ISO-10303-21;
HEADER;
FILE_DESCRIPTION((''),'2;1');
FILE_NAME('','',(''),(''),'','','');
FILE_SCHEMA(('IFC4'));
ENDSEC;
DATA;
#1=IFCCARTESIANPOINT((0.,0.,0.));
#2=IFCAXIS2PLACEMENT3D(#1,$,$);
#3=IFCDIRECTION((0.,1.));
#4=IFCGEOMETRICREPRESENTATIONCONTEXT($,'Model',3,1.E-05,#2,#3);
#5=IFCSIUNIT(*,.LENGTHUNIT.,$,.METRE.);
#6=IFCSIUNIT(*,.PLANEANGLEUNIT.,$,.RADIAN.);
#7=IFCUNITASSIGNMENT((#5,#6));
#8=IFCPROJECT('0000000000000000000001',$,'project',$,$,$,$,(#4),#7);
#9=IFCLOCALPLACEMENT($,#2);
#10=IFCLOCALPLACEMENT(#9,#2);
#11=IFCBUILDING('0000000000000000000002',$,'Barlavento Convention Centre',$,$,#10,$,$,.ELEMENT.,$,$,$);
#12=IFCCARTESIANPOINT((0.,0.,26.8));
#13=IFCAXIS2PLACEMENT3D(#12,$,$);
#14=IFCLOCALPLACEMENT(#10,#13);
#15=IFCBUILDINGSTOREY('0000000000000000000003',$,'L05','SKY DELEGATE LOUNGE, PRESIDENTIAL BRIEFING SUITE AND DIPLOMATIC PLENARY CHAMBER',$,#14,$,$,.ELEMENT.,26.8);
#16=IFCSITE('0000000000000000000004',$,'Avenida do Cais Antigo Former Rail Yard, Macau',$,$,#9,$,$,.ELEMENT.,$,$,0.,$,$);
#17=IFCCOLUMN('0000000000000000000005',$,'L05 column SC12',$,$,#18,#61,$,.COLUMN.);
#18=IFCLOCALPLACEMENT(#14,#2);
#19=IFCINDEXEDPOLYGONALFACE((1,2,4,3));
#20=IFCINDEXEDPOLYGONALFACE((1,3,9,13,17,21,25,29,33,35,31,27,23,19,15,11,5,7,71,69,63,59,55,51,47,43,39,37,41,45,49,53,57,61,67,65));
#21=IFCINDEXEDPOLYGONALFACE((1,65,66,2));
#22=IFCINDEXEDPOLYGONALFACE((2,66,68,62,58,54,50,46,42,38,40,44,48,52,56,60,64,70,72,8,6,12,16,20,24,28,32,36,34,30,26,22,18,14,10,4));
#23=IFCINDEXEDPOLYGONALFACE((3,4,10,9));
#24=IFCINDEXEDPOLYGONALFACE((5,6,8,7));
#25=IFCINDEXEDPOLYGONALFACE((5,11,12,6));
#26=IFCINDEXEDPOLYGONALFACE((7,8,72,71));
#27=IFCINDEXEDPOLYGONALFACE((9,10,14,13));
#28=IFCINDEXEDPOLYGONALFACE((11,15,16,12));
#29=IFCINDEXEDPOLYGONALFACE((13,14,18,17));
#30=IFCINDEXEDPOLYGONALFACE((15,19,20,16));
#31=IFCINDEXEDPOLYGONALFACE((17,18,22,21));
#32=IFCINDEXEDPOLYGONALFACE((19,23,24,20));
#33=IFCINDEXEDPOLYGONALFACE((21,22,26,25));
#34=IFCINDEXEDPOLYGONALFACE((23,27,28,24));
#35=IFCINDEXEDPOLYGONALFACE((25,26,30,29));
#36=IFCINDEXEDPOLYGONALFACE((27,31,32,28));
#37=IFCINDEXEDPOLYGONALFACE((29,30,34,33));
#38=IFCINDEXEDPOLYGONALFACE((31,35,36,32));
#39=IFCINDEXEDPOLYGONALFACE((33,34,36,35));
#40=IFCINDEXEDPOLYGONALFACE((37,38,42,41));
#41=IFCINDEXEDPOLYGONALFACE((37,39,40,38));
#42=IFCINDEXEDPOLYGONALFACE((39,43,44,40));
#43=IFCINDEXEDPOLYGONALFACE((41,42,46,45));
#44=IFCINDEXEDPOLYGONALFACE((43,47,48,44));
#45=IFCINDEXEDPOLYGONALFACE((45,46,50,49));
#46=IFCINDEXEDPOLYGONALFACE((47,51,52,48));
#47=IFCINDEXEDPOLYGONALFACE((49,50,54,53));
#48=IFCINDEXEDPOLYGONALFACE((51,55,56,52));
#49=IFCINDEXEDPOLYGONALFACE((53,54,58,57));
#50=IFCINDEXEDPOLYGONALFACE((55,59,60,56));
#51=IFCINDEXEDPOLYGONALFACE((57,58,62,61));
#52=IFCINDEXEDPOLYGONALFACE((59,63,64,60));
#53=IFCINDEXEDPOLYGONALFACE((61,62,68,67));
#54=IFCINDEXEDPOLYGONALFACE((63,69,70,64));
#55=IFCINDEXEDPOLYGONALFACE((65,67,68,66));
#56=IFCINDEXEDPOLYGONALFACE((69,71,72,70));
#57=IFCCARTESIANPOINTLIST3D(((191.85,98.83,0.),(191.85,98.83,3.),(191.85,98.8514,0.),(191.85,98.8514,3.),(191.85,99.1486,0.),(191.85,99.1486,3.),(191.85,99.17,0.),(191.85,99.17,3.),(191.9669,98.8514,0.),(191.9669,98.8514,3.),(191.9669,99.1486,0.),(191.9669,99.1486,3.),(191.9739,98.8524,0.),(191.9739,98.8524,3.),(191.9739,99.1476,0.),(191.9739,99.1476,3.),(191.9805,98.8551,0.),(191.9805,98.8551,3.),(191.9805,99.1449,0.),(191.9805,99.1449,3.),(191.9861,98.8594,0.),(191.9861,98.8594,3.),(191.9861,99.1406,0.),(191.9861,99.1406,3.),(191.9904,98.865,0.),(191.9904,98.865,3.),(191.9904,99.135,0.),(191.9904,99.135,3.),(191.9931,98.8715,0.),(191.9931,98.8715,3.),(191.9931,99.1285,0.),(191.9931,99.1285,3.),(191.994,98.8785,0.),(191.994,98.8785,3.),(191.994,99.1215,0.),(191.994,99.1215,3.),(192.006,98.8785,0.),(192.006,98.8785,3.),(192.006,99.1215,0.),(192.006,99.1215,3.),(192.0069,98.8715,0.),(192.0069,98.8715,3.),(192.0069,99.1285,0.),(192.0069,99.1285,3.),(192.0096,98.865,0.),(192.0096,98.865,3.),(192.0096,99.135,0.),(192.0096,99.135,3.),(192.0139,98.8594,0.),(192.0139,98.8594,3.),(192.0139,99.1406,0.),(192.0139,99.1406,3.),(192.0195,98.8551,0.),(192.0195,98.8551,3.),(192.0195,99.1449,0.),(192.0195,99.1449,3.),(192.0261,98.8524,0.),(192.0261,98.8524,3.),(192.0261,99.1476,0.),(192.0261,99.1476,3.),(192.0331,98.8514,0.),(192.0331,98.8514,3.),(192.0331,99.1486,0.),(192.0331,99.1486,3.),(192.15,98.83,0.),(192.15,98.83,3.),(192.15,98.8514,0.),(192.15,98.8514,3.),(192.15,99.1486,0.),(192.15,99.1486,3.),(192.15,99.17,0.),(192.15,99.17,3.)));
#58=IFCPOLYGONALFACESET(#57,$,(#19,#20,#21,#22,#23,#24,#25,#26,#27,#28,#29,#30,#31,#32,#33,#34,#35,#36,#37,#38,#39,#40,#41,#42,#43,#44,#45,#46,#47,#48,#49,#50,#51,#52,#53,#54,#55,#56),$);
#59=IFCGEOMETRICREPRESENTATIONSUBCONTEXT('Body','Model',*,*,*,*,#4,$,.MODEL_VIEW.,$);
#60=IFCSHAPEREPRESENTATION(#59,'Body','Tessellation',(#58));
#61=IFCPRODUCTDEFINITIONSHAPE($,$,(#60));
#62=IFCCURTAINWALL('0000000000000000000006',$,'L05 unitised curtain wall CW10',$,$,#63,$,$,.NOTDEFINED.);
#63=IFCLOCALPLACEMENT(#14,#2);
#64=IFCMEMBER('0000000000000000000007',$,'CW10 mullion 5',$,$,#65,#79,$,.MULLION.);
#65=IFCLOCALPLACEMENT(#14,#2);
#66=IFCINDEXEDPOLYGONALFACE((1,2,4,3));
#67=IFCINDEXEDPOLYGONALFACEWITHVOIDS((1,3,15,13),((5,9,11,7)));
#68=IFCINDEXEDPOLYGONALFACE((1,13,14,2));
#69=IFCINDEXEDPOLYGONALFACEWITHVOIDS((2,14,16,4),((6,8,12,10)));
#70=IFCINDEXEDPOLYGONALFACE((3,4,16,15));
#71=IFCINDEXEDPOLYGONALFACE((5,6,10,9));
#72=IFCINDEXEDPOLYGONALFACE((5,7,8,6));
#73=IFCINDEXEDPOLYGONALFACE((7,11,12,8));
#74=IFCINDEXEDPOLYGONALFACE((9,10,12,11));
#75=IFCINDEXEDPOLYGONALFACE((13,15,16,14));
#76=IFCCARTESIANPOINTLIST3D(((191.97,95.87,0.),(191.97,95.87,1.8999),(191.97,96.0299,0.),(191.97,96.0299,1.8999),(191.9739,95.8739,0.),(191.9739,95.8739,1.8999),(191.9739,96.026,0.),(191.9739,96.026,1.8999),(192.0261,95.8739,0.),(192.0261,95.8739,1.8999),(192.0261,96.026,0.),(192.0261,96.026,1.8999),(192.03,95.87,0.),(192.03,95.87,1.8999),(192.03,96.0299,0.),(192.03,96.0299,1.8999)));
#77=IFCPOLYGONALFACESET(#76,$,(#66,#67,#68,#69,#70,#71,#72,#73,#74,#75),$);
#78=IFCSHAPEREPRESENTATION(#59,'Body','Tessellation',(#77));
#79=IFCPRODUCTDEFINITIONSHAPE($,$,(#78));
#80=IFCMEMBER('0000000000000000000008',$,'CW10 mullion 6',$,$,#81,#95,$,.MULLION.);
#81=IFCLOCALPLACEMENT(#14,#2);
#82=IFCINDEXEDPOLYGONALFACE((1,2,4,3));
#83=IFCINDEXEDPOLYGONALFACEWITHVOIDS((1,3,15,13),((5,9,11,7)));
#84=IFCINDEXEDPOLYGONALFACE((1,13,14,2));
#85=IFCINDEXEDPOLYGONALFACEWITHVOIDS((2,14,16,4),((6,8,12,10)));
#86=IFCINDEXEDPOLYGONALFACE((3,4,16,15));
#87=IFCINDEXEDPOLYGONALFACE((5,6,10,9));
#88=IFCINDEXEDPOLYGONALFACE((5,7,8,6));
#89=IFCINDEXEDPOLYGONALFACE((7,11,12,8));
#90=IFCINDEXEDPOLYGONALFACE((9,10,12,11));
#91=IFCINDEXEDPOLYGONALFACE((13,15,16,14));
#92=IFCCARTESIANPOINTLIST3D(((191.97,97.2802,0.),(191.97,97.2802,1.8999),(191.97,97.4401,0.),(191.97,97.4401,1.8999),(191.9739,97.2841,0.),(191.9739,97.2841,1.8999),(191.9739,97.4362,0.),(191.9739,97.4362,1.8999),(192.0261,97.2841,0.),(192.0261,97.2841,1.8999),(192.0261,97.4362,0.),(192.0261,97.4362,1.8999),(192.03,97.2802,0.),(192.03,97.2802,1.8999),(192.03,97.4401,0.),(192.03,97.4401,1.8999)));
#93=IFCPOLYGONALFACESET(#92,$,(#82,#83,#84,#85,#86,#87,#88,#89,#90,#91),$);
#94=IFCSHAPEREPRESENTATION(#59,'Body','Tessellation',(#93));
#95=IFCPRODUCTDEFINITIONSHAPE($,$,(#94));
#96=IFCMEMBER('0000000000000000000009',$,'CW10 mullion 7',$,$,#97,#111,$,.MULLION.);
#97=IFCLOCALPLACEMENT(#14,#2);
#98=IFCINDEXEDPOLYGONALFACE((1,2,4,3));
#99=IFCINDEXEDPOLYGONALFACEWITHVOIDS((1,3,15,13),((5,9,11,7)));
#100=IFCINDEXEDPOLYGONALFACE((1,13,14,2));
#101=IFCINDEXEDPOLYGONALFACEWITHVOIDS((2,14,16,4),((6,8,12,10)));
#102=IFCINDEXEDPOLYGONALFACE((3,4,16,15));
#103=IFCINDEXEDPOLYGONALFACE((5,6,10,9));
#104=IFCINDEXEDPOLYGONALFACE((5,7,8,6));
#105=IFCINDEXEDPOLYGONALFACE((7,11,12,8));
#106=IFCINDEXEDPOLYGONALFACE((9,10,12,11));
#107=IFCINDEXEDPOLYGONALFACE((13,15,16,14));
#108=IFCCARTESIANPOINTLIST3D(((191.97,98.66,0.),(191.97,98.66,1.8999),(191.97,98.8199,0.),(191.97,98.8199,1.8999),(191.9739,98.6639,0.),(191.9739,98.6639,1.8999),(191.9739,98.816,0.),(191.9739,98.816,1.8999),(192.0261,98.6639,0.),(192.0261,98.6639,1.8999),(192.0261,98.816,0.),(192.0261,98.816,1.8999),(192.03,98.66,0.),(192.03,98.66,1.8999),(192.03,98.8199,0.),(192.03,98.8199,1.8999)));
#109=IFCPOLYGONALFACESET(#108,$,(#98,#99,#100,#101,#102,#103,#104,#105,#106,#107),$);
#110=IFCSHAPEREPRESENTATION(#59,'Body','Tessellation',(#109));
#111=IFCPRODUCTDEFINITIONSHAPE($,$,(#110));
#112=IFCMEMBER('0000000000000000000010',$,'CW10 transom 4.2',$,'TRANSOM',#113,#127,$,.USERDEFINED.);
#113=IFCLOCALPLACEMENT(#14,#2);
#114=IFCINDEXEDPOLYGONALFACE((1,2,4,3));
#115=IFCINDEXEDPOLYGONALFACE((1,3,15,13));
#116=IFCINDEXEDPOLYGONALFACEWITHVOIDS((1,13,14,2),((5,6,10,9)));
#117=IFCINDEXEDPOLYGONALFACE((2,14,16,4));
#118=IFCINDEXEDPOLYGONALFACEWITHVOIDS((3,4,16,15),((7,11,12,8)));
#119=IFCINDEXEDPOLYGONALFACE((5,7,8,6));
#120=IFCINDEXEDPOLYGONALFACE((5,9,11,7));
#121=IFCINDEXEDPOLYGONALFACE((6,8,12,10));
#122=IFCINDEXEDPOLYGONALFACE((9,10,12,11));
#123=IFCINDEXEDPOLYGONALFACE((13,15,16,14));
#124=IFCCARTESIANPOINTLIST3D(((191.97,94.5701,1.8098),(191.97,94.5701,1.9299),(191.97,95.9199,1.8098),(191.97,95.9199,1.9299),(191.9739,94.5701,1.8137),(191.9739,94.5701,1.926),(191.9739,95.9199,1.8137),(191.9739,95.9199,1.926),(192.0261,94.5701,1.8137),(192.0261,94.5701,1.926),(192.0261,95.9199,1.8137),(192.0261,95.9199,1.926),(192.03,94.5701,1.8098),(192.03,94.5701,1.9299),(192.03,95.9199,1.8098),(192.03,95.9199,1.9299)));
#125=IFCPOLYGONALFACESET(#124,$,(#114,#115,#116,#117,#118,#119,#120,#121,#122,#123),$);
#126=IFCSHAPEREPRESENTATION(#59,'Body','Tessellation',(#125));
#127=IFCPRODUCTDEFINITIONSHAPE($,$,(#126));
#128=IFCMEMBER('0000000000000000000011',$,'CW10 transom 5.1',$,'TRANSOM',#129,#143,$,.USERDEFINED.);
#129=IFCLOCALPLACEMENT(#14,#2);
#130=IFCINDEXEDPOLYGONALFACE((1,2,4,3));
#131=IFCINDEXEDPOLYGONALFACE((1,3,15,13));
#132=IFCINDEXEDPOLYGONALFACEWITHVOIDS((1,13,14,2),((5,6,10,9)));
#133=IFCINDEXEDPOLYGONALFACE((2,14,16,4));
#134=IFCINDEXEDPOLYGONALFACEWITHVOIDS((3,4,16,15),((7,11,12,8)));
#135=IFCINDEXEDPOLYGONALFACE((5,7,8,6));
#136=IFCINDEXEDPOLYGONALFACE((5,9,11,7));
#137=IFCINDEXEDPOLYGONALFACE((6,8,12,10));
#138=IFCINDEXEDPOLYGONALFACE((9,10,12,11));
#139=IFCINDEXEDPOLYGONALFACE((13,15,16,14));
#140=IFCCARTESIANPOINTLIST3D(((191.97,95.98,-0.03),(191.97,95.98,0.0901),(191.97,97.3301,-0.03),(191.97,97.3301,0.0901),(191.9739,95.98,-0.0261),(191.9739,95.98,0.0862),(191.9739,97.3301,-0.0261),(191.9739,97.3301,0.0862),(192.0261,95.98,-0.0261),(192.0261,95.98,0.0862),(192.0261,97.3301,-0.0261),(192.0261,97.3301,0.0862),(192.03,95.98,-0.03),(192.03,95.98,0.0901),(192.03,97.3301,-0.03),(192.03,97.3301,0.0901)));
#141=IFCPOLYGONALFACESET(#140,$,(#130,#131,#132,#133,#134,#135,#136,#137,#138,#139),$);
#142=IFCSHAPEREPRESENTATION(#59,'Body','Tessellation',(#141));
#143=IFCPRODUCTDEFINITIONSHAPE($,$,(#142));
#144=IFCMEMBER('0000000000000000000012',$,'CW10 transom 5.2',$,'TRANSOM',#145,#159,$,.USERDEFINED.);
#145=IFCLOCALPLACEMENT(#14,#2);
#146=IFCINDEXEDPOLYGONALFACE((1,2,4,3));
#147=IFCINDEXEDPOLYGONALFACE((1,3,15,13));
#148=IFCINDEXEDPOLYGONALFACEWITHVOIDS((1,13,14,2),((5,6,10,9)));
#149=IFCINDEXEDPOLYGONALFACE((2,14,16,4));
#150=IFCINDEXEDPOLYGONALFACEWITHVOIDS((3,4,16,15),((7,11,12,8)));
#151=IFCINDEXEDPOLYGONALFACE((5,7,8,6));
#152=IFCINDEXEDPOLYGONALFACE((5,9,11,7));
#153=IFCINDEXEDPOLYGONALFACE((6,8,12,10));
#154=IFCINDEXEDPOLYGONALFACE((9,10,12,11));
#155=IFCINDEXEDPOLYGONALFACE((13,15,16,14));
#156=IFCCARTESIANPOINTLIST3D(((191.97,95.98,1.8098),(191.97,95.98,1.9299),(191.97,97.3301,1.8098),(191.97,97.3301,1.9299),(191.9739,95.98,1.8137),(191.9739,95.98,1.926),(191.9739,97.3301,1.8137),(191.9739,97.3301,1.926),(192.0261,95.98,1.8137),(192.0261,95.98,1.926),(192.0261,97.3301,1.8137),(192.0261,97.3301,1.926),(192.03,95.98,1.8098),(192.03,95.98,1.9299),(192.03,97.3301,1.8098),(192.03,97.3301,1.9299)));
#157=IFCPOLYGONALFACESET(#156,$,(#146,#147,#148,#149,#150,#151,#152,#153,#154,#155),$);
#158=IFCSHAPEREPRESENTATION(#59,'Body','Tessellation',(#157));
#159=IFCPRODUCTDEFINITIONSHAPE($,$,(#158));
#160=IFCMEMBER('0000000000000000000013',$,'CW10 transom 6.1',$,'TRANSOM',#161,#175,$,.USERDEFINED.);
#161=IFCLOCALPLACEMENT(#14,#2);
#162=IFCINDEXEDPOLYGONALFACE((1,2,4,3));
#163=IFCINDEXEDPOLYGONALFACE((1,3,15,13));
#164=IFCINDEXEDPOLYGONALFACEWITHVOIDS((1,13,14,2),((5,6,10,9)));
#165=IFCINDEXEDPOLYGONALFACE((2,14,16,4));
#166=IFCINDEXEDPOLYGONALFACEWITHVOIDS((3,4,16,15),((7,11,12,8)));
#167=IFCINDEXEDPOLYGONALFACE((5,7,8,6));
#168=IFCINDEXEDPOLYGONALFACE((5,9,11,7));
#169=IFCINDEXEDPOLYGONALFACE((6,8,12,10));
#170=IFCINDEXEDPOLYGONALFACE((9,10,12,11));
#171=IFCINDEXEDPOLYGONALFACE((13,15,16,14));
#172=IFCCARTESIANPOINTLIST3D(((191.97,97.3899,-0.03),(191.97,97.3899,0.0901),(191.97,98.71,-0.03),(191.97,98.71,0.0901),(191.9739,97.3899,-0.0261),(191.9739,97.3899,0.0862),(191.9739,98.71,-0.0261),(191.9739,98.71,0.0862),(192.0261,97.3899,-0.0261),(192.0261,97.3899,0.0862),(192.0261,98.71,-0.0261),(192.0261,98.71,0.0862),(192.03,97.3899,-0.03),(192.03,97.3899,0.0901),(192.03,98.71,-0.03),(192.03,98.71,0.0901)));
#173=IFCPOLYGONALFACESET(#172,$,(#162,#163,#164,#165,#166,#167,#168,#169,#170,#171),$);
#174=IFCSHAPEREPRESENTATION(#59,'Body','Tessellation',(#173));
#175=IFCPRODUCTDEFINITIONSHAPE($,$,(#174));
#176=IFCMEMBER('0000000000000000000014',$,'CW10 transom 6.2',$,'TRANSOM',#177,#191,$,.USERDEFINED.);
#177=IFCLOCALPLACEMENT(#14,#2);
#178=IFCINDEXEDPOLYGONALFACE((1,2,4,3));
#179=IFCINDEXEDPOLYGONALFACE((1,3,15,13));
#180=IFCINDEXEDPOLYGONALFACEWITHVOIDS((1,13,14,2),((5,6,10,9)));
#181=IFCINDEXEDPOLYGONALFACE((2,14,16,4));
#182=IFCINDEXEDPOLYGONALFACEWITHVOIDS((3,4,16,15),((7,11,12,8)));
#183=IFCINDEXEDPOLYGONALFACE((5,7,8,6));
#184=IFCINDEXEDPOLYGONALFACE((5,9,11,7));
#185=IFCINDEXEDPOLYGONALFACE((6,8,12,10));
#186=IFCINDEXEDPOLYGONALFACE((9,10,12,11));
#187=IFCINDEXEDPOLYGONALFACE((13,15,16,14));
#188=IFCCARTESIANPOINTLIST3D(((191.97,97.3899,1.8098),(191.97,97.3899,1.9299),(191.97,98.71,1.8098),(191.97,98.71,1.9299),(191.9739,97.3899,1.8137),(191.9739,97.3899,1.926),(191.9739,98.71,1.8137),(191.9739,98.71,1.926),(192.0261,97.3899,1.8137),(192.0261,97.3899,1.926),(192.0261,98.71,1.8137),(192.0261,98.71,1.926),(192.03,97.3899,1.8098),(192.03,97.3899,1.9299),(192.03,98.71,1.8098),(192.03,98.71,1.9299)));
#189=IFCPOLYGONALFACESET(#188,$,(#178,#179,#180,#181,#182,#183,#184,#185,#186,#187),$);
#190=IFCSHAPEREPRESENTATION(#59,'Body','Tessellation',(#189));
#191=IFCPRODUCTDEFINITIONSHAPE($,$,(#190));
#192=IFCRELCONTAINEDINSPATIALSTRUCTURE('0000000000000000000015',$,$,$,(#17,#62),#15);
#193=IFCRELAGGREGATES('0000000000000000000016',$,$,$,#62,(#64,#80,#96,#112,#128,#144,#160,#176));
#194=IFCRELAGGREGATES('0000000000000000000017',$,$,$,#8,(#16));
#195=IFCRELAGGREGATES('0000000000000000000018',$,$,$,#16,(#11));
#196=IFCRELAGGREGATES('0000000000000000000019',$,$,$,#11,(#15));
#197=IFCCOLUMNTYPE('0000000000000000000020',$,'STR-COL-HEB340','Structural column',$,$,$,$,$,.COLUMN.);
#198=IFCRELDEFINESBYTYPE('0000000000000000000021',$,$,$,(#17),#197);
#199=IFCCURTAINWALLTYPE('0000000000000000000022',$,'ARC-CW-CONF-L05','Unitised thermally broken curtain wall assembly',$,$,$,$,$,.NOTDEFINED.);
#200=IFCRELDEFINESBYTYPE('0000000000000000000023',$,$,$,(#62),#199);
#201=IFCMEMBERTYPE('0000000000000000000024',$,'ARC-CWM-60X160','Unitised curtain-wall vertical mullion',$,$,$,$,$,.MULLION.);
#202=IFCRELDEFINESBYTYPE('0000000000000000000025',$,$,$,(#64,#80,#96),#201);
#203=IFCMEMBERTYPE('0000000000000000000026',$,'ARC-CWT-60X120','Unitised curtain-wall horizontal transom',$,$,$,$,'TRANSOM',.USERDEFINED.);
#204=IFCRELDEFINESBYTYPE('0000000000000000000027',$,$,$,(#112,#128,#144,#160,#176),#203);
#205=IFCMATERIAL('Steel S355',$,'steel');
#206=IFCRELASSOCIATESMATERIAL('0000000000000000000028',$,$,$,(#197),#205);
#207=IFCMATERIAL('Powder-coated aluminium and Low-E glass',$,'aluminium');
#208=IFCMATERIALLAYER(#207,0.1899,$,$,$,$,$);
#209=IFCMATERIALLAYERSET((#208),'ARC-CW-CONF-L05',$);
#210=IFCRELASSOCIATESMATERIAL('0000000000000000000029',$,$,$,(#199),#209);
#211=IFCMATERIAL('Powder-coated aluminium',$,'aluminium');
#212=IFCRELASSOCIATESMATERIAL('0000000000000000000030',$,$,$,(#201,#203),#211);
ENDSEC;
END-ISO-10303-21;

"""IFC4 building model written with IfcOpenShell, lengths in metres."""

from ifc_helpers import new_model, si_unit, direction, frame, origin, origin_2d, place, context, subcontext, project, spatial, hollow_rectangle, i_section, extrude, material, layer, layer_set, material_profile, profile_set, type_object, element, aggregate, save


model = new_model("IFC4")

# Units and contexts
model_context = context("Model", 3, precision=1e-05, world=origin(), true_north=direction((0.0, 1.0)))
body_context = subcontext(model_context, "Body", "Model", "MODEL_VIEW")
ifc_project = project(units=[si_unit("LENGTHUNIT", "METRE"), si_unit("PLANEANGLEUNIT", "RADIAN")], contexts=[model_context])

# Site, building, storey
site_placement = place(None, origin())
site = spatial("IfcSite", under=ifc_project, at=site_placement, Name="Avenida do Cais Antigo Former Rail Yard, Macau", CompositionType="ELEMENT", RefElevation=0.0)
building_placement = place(site_placement, origin())
building = spatial("IfcBuilding", under=site, at=building_placement, Name="Barlavento Convention Centre", CompositionType="ELEMENT")
storey_placement = place(building_placement, frame((0.0, 0.0, 26.8)))
storey = spatial("IfcBuildingStorey", under=building, at=storey_placement, Name="L05", Description="SKY DELEGATE LOUNGE, PRESIDENTIAL BRIEFING SUITE AND DIPLOMATIC PLENARY CHAMBER", CompositionType="ELEMENT", Elevation=26.8)

# Column
ifc_material_1 = material(Name="Steel S355", Category="steel")
ifc_material_profile_1 = material_profile(ifc_material_1, i_section(OverallWidth=0.3, OverallDepth=0.3401, WebThickness=0.012, FlangeThickness=0.0215, FilletRadius=0.0271, at=origin_2d()), Name="HEB 340")
ifc_profile_set_1 = profile_set([ifc_material_profile_1], Name="Steel S355")
column_type = type_object("IfcColumnType", Name="STR-COL-HEB340", Description="Structural column", PredefinedType="COLUMN", material=ifc_profile_set_1)
column_placement = place(storey_placement, frame((192.0, 99.0, 0.0), z_axis=(0.0, 0.0, 1.0), x_axis=(1.0, 0.0, 0.0)))
element("IfcColumn", 1, at=column_placement, inside=storey, type_object=column_type, Name="L05 column SC12", PredefinedType="COLUMN", context=body_context, shape_type="SweptSolid", body=[
    extrude(i_section(OverallWidth=0.3, OverallDepth=0.3401, WebThickness=0.012, FlangeThickness=0.0215, FilletRadius=0.0271, at=origin_2d()), origin(), (0.0, 0.0, 1.0), 3.0),
])

# Curtain wall, members
ifc_material_2 = material(Name="Powder-coated aluminium and Low-E glass", Category="aluminium")
ifc_layer_1 = layer(ifc_material_2, 0.1899)
ifc_layer_set_1 = layer_set([ifc_layer_1], Name="ARC-CW-CONF-L05")
curtain_wall_type = type_object("IfcCurtainWallType", Name="ARC-CW-CONF-L05", Description="Unitised thermally broken curtain wall assembly", PredefinedType="NOTDEFINED", material=ifc_layer_set_1)
curtain_wall_placement = place(storey_placement, origin())
curtain_wall = element("IfcCurtainWall", 2, at=curtain_wall_placement, inside=storey, type_object=curtain_wall_type, Name="L05 unitised curtain wall CW10", PredefinedType="NOTDEFINED")
ifc_material_3 = material(Name="Powder-coated aluminium", Category="aluminium")
ifc_material_profile_2 = material_profile(ifc_material_3, hollow_rectangle(XDim=0.0601, YDim=0.1599, WallThickness=0.0039, at=origin_2d()), Name="AL-MULL 60x160x4")
ifc_profile_set_2 = profile_set([ifc_material_profile_2], Name="Powder-coated aluminium")
member_type_1 = type_object("IfcMemberType", Name="ARC-CWM-60X160", Description="Unitised curtain-wall vertical mullion", PredefinedType="MULLION", material=ifc_profile_set_2)
member_1_placement = place(storey_placement, frame((192.0, 95.95, 0.0), z_axis=(0.0, 0.0, 1.0), x_axis=(-1.0, 0.0, 0.0)))
member_1 = element("IfcMember", 3, at=member_1_placement, type_object=member_type_1, Name="CW10 mullion 5", PredefinedType="MULLION", context=body_context, shape_type="SweptSolid", body=[
    extrude(hollow_rectangle(XDim=0.0601, YDim=0.1599, WallThickness=0.0039, at=origin_2d()), origin(), (0.0, 0.0, 1.0), 1.8999),
])
member_2_placement = place(storey_placement, frame((192.0, 97.3601, 0.0), z_axis=(0.0, 0.0, 1.0), x_axis=(-1.0, 0.0, 0.0)))
member_2 = element("IfcMember", 4, at=member_2_placement, type_object=member_type_1, Name="CW10 mullion 6", PredefinedType="MULLION", context=body_context, shape_type="SweptSolid", body=[
    extrude(hollow_rectangle(XDim=0.0601, YDim=0.1599, WallThickness=0.0039, at=origin_2d()), origin(), (0.0, 0.0, 1.0), 1.8999),
])
member_3_placement = place(storey_placement, frame((192.0, 98.74, 0.0), z_axis=(0.0, 0.0, 1.0), x_axis=(-1.0, 0.0, 0.0)))
member_3 = element("IfcMember", 5, at=member_3_placement, type_object=member_type_1, Name="CW10 mullion 7", PredefinedType="MULLION", context=body_context, shape_type="SweptSolid", body=[
    extrude(hollow_rectangle(XDim=0.0601, YDim=0.1599, WallThickness=0.0039, at=origin_2d()), origin(), (0.0, 0.0, 1.0), 1.8999),
])
ifc_material_profile_3 = material_profile(ifc_material_3, hollow_rectangle(XDim=0.0601, YDim=0.1201, WallThickness=0.0039, at=origin_2d()), Name="AL-TRAN 60x120x4")
ifc_profile_set_3 = profile_set([ifc_material_profile_3], Name="Powder-coated aluminium")
member_type_2 = type_object("IfcMemberType", Name="ARC-CWT-60X120", Description="Unitised curtain-wall horizontal transom", ElementType="TRANSOM", PredefinedType="USERDEFINED", material=ifc_profile_set_3)
member_4_placement = place(storey_placement, frame((192.0, 94.5701, 1.8699), z_axis=(0.0, 1.0, 0.0), x_axis=(-1.0, 0.0, 0.0)))
member_4 = element("IfcMember", 6, at=member_4_placement, type_object=member_type_2, Name="CW10 transom 4.2", ObjectType="TRANSOM", PredefinedType="USERDEFINED", context=body_context, shape_type="SweptSolid", body=[
    extrude(hollow_rectangle(XDim=0.0601, YDim=0.1201, WallThickness=0.0039, at=origin_2d()), origin(), (0.0, 0.0, 1.0), 1.3499),
])
member_5_placement = place(storey_placement, frame((192.0, 95.98, 0.03), z_axis=(0.0, 1.0, 0.0), x_axis=(-1.0, 0.0, 0.0)))
member_5 = element("IfcMember", 7, at=member_5_placement, type_object=member_type_2, Name="CW10 transom 5.1", ObjectType="TRANSOM", PredefinedType="USERDEFINED", context=body_context, shape_type="SweptSolid", body=[
    extrude(hollow_rectangle(XDim=0.0601, YDim=0.1201, WallThickness=0.0039, at=origin_2d()), origin(), (0.0, 0.0, 1.0), 1.3501),
])
member_6_placement = place(storey_placement, frame((192.0, 95.98, 1.8699), z_axis=(0.0, 1.0, 0.0), x_axis=(-1.0, 0.0, 0.0)))
member_6 = element("IfcMember", 8, at=member_6_placement, type_object=member_type_2, Name="CW10 transom 5.2", ObjectType="TRANSOM", PredefinedType="USERDEFINED", context=body_context, shape_type="SweptSolid", body=[
    extrude(hollow_rectangle(XDim=0.0601, YDim=0.1201, WallThickness=0.0039, at=origin_2d()), origin(), (0.0, 0.0, 1.0), 1.3501),
])
member_7_placement = place(storey_placement, frame((192.0, 97.3899, 0.03), z_axis=(0.0, 1.0, 0.0), x_axis=(-1.0, 0.0, 0.0)))
member_7 = element("IfcMember", 9, at=member_7_placement, type_object=member_type_2, Name="CW10 transom 6.1", ObjectType="TRANSOM", PredefinedType="USERDEFINED", context=body_context, shape_type="SweptSolid", body=[
    extrude(hollow_rectangle(XDim=0.0601, YDim=0.1201, WallThickness=0.0039, at=origin_2d()), origin(), (0.0, 0.0, 1.0), 1.3201),
])
member_8_placement = place(storey_placement, frame((192.0, 97.3899, 1.8699), z_axis=(0.0, 1.0, 0.0), x_axis=(-1.0, 0.0, 0.0)))
member_8 = element("IfcMember", 10, at=member_8_placement, type_object=member_type_2, Name="CW10 transom 6.2", ObjectType="TRANSOM", PredefinedType="USERDEFINED", context=body_context, shape_type="SweptSolid", body=[
    extrude(hollow_rectangle(XDim=0.0601, YDim=0.1201, WallThickness=0.0039, at=origin_2d()), origin(), (0.0, 0.0, 1.0), 1.3201),
])
aggregate(curtain_wall, [member_1, member_2, member_3, member_4, member_5, member_6, member_7, member_8])

save(model, "model.ifc")
